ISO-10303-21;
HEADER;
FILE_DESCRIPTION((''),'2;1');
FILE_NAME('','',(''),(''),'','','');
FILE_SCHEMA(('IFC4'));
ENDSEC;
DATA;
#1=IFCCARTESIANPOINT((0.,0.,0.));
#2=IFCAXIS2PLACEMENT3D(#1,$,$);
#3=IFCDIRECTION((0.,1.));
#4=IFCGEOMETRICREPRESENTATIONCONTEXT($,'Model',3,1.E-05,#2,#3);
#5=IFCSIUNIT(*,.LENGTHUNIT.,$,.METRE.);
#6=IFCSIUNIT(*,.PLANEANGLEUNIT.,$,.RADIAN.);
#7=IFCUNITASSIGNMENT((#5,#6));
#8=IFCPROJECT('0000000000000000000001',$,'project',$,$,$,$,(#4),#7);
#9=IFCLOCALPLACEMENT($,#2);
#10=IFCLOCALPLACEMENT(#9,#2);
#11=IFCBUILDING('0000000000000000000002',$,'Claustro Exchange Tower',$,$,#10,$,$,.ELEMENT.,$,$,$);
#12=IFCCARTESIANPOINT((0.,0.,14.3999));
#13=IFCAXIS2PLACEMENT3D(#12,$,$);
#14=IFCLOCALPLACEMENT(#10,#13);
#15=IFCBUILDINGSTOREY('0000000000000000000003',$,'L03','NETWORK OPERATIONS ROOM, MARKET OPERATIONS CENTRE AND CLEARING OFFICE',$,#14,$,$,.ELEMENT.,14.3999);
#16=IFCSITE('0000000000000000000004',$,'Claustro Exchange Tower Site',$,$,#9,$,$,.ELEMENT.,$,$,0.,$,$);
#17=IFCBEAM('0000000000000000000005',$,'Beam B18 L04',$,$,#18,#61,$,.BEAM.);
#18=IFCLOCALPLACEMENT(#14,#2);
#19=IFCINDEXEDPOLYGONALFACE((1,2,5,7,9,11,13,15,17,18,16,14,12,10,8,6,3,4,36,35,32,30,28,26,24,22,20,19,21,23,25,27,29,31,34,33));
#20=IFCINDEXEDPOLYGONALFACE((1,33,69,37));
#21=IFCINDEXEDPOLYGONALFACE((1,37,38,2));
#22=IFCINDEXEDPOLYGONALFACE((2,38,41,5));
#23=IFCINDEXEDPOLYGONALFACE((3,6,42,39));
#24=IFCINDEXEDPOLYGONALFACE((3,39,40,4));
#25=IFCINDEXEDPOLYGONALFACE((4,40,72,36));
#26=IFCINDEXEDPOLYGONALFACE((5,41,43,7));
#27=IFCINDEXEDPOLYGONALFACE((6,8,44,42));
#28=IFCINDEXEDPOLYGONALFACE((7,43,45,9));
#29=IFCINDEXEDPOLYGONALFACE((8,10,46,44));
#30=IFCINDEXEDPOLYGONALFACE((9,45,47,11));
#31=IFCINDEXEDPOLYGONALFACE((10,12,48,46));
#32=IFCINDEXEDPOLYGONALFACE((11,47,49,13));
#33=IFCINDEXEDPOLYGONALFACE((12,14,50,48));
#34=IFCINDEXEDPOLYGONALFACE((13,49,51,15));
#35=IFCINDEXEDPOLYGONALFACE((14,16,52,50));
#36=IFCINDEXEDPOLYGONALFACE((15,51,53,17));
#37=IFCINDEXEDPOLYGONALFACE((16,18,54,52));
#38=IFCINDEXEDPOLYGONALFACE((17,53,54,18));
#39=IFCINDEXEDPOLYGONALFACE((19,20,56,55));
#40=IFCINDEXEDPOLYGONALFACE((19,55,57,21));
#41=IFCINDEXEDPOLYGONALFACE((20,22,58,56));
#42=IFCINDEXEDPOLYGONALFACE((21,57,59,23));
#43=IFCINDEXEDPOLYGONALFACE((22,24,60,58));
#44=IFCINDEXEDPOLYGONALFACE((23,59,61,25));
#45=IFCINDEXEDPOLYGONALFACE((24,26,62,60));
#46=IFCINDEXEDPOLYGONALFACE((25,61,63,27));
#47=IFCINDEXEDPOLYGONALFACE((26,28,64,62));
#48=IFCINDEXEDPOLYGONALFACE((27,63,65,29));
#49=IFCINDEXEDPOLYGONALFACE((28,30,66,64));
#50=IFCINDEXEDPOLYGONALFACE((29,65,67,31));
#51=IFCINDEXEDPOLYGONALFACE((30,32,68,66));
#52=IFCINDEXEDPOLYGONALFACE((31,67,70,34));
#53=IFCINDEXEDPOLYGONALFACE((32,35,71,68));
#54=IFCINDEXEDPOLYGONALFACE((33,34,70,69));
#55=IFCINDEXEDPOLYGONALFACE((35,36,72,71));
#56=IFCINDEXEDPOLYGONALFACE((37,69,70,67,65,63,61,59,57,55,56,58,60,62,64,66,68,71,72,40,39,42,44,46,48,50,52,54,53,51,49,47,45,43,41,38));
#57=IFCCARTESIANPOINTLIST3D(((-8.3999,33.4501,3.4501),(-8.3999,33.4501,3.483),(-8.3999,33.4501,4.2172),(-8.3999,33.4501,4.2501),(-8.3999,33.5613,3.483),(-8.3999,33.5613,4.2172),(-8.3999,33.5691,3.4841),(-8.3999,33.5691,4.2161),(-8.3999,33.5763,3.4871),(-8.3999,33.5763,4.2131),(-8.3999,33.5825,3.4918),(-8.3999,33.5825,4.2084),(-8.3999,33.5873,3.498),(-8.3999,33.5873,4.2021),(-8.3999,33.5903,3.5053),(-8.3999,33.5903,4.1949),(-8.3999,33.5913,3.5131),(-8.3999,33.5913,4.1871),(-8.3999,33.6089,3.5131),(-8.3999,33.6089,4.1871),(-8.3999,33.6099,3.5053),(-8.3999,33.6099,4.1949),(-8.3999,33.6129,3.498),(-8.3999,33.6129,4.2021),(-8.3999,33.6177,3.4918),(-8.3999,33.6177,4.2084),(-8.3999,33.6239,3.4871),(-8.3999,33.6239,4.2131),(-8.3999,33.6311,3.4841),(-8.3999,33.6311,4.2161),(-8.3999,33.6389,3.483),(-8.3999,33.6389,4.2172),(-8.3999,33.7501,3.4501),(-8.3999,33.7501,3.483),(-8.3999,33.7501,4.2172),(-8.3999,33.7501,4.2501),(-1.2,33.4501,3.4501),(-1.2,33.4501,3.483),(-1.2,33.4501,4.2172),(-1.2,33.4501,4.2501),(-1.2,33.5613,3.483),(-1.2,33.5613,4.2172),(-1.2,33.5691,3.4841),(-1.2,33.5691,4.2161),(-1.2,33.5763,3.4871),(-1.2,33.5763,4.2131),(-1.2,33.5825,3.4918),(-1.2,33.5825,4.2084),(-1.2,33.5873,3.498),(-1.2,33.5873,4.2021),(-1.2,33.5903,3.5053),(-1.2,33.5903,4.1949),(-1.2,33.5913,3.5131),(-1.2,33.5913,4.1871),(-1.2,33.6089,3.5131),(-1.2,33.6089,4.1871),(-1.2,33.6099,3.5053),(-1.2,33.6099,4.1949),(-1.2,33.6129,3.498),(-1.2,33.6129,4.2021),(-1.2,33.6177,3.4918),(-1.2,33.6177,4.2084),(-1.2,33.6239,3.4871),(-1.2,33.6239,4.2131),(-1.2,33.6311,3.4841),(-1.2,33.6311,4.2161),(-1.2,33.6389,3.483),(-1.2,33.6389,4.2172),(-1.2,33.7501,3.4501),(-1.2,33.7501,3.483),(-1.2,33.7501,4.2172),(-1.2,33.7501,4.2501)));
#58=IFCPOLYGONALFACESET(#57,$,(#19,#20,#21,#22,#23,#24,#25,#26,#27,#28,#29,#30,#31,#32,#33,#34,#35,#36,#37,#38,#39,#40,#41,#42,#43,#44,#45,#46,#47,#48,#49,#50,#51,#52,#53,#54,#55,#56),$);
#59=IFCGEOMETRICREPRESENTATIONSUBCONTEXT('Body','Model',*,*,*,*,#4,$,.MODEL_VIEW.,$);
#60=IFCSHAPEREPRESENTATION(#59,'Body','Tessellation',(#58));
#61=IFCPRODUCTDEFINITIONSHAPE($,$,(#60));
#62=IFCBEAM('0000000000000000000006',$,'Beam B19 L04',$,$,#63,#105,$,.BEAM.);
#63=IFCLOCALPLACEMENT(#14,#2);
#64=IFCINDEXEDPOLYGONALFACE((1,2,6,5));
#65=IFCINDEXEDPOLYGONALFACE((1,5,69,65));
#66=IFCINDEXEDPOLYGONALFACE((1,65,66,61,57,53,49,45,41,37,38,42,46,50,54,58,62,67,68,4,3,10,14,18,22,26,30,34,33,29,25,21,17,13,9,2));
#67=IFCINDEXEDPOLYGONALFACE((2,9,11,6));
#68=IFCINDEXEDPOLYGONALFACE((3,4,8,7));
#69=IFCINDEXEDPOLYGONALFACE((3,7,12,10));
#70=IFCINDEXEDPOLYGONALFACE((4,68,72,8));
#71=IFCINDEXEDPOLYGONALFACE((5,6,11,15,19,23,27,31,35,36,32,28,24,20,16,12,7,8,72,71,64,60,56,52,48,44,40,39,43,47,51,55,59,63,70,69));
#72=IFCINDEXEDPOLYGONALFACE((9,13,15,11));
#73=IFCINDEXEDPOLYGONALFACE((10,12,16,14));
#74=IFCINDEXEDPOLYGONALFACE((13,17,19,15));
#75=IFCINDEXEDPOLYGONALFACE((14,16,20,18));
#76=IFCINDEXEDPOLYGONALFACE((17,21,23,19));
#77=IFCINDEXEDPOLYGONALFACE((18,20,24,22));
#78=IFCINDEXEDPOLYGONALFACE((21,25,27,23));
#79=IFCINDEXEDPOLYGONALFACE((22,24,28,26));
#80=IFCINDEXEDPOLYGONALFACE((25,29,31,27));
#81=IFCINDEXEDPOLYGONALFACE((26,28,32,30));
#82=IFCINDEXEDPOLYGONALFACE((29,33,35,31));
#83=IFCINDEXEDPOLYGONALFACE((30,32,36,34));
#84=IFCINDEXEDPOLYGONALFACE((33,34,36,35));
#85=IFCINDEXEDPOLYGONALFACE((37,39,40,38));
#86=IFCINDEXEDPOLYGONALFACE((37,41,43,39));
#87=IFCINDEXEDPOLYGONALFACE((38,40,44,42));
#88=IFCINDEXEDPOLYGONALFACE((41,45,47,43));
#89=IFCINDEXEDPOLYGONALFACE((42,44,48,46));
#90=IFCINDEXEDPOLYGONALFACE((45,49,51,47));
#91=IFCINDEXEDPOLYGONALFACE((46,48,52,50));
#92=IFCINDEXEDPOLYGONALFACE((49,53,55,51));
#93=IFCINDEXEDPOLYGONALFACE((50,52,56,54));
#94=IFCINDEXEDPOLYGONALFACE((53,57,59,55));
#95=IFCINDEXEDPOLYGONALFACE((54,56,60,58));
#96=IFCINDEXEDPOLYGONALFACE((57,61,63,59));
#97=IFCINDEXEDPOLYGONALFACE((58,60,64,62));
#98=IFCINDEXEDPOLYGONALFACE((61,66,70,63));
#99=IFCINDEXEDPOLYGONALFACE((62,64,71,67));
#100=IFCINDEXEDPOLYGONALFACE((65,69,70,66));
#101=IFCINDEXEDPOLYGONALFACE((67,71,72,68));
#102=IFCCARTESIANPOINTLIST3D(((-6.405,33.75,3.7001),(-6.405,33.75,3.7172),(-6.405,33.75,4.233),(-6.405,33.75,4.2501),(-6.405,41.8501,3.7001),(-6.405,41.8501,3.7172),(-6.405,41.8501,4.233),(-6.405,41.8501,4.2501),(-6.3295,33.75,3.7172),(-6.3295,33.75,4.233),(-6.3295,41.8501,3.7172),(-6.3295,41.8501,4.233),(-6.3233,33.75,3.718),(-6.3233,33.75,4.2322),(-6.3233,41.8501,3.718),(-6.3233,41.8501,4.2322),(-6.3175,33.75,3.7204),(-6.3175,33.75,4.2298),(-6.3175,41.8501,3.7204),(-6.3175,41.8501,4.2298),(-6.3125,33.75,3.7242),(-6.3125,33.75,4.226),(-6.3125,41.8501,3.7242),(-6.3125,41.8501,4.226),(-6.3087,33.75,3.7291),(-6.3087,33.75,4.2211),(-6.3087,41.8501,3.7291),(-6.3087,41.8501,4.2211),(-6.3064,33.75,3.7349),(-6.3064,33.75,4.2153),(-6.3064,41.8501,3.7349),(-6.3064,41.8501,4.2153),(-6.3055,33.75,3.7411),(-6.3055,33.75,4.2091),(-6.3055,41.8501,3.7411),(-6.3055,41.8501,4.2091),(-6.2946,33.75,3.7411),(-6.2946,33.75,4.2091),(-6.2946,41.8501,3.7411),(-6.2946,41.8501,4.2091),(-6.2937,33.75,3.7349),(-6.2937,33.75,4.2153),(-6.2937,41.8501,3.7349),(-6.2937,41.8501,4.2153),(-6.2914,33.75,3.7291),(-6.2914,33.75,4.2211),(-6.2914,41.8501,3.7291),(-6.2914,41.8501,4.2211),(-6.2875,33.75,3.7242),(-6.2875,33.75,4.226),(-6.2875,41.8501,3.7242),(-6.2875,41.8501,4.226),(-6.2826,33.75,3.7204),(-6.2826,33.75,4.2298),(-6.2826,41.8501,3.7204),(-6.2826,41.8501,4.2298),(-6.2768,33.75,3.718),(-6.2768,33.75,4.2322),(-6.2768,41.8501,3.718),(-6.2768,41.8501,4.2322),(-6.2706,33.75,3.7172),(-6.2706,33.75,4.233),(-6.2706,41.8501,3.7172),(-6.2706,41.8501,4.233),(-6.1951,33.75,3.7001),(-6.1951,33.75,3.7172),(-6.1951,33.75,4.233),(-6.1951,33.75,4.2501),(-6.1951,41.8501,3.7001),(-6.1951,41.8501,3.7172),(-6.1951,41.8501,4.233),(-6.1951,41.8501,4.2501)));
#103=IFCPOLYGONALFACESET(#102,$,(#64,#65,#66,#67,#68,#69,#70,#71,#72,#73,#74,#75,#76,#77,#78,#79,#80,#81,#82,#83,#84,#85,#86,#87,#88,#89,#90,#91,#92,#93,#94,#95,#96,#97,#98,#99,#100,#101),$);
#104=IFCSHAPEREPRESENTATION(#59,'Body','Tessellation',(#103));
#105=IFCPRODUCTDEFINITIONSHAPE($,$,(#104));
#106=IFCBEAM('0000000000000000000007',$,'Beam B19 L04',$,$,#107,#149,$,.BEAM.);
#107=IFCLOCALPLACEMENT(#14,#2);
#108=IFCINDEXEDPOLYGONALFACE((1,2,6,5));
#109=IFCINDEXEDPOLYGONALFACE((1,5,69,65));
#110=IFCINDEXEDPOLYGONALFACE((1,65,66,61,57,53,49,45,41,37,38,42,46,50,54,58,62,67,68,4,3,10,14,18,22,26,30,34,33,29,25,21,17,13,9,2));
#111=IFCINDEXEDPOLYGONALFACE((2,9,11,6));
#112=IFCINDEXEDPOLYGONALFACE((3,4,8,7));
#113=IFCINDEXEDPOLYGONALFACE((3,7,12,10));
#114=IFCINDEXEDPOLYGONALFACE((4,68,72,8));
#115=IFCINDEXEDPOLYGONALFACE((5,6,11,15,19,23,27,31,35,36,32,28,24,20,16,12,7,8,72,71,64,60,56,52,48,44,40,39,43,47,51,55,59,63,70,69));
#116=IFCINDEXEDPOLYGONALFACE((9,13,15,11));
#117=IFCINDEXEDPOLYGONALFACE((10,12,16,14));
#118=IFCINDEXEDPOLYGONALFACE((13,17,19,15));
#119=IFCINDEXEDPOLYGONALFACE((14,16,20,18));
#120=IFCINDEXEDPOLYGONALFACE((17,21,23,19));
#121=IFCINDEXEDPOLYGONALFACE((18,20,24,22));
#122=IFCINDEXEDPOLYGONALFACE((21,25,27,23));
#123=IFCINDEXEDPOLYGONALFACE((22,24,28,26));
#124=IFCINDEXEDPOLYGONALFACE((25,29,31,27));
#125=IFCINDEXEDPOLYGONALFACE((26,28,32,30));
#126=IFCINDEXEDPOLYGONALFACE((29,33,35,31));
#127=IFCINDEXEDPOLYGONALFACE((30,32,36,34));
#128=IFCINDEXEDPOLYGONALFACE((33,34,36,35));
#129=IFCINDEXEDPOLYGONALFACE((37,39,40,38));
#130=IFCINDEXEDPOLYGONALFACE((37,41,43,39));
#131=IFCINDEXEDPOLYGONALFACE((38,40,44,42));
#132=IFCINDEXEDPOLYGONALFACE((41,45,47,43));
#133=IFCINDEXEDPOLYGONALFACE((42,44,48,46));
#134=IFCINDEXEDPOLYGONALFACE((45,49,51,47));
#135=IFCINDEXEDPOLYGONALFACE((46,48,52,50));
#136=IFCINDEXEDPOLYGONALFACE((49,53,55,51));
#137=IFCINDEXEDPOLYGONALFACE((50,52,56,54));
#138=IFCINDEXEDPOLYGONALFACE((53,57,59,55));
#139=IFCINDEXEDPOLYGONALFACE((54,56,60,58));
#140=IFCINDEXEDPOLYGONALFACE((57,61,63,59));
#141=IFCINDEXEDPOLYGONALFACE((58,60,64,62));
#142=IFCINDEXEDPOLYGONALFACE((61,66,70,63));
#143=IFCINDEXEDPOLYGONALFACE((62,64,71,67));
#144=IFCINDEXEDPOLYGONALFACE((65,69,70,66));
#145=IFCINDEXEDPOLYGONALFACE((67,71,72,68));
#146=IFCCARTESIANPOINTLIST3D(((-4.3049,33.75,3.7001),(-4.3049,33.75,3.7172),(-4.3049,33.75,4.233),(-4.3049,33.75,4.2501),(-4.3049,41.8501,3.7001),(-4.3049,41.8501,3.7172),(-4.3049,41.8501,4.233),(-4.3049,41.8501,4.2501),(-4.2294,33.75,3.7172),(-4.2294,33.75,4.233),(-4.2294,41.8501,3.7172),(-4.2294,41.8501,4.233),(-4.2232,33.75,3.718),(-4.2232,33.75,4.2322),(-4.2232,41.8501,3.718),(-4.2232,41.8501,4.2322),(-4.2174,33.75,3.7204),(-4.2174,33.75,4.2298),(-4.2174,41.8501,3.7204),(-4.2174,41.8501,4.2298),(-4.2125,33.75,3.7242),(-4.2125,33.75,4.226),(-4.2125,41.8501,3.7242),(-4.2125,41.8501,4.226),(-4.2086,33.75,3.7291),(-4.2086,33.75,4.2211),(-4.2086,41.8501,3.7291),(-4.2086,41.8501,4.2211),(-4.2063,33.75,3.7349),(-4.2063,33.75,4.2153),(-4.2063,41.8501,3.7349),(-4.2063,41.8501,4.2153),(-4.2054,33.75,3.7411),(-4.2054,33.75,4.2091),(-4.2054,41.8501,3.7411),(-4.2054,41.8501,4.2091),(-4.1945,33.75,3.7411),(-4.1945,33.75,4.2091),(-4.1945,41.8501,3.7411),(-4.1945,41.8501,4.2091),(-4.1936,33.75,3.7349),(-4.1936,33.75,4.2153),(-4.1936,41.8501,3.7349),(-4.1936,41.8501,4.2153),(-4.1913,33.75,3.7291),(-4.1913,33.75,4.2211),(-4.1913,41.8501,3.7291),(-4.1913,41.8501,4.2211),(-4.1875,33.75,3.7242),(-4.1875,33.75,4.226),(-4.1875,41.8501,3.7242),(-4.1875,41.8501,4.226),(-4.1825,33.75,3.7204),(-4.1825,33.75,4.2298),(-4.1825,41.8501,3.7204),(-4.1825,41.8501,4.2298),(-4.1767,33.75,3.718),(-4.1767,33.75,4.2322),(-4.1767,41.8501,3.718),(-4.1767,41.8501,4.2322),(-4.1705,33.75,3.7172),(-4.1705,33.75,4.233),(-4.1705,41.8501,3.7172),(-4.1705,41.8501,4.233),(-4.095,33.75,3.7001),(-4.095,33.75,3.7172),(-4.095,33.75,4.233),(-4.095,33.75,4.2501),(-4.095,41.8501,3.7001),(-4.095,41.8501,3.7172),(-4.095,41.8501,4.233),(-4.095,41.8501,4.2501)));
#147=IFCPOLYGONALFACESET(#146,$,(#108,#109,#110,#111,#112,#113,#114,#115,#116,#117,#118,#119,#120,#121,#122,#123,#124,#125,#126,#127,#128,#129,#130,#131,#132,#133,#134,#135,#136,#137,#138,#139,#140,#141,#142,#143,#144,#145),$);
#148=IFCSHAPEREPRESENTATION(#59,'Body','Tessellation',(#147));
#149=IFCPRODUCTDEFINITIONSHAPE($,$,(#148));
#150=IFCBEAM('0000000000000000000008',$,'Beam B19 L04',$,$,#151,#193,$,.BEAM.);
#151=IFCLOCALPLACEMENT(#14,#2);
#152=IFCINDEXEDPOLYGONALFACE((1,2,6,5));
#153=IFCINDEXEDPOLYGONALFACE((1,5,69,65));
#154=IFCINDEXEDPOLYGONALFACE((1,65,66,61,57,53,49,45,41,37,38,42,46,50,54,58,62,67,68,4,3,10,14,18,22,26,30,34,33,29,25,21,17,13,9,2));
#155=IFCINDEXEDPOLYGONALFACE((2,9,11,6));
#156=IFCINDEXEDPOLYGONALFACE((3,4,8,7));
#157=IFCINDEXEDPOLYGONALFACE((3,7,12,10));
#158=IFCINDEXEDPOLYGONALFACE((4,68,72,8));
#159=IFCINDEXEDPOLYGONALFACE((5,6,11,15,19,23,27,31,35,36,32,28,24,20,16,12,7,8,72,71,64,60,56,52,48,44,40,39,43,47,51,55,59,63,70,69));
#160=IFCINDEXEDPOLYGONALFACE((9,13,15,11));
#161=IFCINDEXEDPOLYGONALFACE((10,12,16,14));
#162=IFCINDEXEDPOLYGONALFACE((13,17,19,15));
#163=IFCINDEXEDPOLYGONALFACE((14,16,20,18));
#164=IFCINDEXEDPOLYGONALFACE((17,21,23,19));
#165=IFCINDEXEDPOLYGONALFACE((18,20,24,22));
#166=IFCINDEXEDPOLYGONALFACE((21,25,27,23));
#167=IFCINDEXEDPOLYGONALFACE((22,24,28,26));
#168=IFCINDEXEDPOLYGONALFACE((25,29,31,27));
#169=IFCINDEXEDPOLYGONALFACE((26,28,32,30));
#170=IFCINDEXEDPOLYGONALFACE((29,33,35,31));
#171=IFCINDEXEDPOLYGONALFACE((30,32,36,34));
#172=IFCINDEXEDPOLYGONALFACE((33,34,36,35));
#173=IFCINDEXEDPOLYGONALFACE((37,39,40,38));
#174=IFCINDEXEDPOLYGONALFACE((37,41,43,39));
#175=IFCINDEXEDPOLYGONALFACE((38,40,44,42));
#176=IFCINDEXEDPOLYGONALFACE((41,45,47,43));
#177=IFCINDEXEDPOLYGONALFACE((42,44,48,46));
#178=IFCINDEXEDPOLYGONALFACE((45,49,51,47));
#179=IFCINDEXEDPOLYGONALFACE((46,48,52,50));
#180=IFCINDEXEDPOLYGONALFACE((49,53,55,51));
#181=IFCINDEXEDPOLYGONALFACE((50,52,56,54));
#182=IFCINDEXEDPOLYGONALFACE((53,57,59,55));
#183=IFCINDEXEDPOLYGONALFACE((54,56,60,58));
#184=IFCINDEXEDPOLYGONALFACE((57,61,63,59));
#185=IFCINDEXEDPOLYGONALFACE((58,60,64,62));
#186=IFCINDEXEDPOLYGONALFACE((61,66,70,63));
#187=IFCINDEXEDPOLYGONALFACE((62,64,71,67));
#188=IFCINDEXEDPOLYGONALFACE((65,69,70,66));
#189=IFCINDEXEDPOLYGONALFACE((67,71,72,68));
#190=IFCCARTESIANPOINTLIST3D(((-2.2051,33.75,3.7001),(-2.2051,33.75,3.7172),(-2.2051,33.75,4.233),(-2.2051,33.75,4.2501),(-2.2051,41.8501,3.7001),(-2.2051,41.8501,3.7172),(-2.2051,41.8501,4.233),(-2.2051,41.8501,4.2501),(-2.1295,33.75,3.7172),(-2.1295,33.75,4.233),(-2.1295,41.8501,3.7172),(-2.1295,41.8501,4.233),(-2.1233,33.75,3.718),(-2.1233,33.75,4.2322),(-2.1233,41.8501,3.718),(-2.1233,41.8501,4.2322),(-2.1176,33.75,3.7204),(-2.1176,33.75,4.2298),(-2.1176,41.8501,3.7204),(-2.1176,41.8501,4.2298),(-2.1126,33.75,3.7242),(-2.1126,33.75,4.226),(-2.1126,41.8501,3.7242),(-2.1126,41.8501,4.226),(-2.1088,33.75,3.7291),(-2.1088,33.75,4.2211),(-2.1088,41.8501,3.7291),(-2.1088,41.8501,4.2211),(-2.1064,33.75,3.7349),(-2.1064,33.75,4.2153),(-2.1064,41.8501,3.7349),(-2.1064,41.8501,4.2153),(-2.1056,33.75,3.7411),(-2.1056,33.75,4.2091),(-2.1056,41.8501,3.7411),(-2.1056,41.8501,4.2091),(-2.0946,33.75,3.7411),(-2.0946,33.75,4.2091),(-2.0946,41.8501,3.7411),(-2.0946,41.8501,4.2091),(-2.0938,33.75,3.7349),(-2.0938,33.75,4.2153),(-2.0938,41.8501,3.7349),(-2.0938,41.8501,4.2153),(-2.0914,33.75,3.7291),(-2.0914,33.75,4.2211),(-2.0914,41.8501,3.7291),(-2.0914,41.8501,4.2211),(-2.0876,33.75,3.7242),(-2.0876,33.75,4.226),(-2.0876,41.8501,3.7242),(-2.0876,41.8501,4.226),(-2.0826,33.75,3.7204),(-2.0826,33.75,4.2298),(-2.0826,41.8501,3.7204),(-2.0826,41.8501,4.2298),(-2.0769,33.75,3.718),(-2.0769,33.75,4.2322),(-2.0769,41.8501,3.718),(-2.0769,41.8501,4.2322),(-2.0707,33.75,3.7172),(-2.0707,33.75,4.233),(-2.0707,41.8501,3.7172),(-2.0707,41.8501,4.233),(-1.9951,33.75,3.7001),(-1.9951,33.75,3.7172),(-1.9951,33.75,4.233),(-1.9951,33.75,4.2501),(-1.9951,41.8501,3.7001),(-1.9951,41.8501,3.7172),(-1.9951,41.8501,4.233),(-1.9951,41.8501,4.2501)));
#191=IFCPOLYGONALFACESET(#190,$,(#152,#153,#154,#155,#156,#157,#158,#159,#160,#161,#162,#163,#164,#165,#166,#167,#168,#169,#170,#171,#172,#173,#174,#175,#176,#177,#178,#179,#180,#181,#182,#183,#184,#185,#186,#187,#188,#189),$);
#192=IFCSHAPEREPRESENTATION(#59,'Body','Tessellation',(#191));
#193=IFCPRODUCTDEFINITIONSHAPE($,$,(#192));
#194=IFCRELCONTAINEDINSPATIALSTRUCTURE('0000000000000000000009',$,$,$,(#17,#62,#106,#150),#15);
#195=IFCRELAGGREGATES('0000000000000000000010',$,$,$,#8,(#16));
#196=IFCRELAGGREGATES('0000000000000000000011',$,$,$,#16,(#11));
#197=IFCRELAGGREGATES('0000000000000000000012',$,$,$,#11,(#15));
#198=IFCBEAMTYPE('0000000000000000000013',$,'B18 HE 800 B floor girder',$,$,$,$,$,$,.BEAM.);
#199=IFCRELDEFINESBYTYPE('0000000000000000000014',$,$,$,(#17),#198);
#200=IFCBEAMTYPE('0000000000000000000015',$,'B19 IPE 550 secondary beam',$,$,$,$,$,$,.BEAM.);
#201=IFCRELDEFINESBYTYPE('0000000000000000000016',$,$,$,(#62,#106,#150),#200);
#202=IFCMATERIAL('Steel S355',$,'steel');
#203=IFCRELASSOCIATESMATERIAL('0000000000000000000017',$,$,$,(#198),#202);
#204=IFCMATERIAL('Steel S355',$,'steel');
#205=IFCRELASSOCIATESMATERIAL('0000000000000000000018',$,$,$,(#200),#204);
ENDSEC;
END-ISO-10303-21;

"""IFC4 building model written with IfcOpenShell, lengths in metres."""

from ifc_helpers import new_model, si_unit, direction, frame, origin, origin_2d, place, context, subcontext, project, spatial, i_section, extrude, material, material_profile, profile_set, type_object, element, save


model = new_model("IFC4")

# Units and contexts
model_context = context("Model", 3, precision=1e-05, world=origin(), true_north=direction((0.0, 1.0)))
body_context = subcontext(model_context, "Body", "Model", "MODEL_VIEW")
ifc_project = project(units=[si_unit("LENGTHUNIT", "METRE"), si_unit("PLANEANGLEUNIT", "RADIAN")], contexts=[model_context])

# Site, building, storey
site_placement = place(None, origin())
site = spatial("IfcSite", under=ifc_project, at=site_placement, Name="Claustro Exchange Tower Site", CompositionType="ELEMENT", RefElevation=0.0)
building_placement = place(site_placement, origin())
building = spatial("IfcBuilding", under=site, at=building_placement, Name="Claustro Exchange Tower", CompositionType="ELEMENT")
storey_placement = place(building_placement, frame((0.0, 0.0, 14.3999)))
storey = spatial("IfcBuildingStorey", under=building, at=storey_placement, Name="L03", Description="NETWORK OPERATIONS ROOM, MARKET OPERATIONS CENTRE AND CLEARING OFFICE", CompositionType="ELEMENT", Elevation=14.3999)

# Beams
ifc_material_1 = material(Name="Steel S355", Category="steel")
ifc_material_profile_1 = material_profile(ifc_material_1, i_section(OverallWidth=0.3, OverallDepth=0.8, WebThickness=0.0176, FlangeThickness=0.033, FilletRadius=0.03, at=origin_2d()), Name="HE 800 B")
ifc_profile_set_1 = profile_set([ifc_material_profile_1], Name="Steel S355")
beam_type_1 = type_object("IfcBeamType", Name="B18 HE 800 B floor girder", PredefinedType="BEAM", material=ifc_profile_set_1)
beam_1_placement = place(storey_placement, frame((-8.3999, 33.6001, 3.8501), z_axis=(1.0, 0.0, 0.0), x_axis=(0.0, 1.0, 0.0)))
element("IfcBeam", 1, at=beam_1_placement, inside=storey, type_object=beam_type_1, Name="Beam B18 L04", PredefinedType="BEAM", context=body_context, shape_type="SweptSolid", body=[
    extrude(i_section(OverallWidth=0.3, OverallDepth=0.8, WebThickness=0.0176, FlangeThickness=0.033, FilletRadius=0.03, at=origin_2d()), origin(), (0.0, 0.0, 1.0), 7.2),
])
ifc_material_2 = material(Name="Steel S355", Category="steel")
ifc_material_profile_2 = material_profile(ifc_material_2, i_section(OverallWidth=0.21, OverallDepth=0.55, WebThickness=0.011, FlangeThickness=0.0171, FilletRadius=0.0239, at=origin_2d()), Name="IPE 550")
ifc_profile_set_2 = profile_set([ifc_material_profile_2], Name="Steel S355")
beam_type_2 = type_object("IfcBeamType", Name="B19 IPE 550 secondary beam", PredefinedType="BEAM", material=ifc_profile_set_2)
for number, where, z_axis, x_axis, name in (
    (2, (-6.3, 33.75, 3.9751), (0.0, 1.0, 0.0), (-1.0, 0.0, 0.0), "Beam B19 L04"),
    (3, (-4.2, 33.75, 3.9751), (0.0, 1.0, 0.0), (-1.0, 0.0, 0.0), "Beam B19 L04"),
    (4, (-2.1001, 33.75, 3.9751), (0.0, 1.0, 0.0), (-1.0, 0.0, 0.0), "Beam B19 L04"),
):
    element("IfcBeam", number, at=place(storey_placement, frame(where, z_axis=z_axis, x_axis=x_axis)), inside=storey, type_object=beam_type_2, Name=name, PredefinedType="BEAM", context=body_context, shape_type="SweptSolid", body=[
        extrude(i_section(OverallWidth=0.21, OverallDepth=0.55, WebThickness=0.011, FlangeThickness=0.0171, FilletRadius=0.0239, at=origin_2d()), origin(), (0.0, 0.0, 1.0), 8.1001),
    ])

save(model, "model.ifc")
